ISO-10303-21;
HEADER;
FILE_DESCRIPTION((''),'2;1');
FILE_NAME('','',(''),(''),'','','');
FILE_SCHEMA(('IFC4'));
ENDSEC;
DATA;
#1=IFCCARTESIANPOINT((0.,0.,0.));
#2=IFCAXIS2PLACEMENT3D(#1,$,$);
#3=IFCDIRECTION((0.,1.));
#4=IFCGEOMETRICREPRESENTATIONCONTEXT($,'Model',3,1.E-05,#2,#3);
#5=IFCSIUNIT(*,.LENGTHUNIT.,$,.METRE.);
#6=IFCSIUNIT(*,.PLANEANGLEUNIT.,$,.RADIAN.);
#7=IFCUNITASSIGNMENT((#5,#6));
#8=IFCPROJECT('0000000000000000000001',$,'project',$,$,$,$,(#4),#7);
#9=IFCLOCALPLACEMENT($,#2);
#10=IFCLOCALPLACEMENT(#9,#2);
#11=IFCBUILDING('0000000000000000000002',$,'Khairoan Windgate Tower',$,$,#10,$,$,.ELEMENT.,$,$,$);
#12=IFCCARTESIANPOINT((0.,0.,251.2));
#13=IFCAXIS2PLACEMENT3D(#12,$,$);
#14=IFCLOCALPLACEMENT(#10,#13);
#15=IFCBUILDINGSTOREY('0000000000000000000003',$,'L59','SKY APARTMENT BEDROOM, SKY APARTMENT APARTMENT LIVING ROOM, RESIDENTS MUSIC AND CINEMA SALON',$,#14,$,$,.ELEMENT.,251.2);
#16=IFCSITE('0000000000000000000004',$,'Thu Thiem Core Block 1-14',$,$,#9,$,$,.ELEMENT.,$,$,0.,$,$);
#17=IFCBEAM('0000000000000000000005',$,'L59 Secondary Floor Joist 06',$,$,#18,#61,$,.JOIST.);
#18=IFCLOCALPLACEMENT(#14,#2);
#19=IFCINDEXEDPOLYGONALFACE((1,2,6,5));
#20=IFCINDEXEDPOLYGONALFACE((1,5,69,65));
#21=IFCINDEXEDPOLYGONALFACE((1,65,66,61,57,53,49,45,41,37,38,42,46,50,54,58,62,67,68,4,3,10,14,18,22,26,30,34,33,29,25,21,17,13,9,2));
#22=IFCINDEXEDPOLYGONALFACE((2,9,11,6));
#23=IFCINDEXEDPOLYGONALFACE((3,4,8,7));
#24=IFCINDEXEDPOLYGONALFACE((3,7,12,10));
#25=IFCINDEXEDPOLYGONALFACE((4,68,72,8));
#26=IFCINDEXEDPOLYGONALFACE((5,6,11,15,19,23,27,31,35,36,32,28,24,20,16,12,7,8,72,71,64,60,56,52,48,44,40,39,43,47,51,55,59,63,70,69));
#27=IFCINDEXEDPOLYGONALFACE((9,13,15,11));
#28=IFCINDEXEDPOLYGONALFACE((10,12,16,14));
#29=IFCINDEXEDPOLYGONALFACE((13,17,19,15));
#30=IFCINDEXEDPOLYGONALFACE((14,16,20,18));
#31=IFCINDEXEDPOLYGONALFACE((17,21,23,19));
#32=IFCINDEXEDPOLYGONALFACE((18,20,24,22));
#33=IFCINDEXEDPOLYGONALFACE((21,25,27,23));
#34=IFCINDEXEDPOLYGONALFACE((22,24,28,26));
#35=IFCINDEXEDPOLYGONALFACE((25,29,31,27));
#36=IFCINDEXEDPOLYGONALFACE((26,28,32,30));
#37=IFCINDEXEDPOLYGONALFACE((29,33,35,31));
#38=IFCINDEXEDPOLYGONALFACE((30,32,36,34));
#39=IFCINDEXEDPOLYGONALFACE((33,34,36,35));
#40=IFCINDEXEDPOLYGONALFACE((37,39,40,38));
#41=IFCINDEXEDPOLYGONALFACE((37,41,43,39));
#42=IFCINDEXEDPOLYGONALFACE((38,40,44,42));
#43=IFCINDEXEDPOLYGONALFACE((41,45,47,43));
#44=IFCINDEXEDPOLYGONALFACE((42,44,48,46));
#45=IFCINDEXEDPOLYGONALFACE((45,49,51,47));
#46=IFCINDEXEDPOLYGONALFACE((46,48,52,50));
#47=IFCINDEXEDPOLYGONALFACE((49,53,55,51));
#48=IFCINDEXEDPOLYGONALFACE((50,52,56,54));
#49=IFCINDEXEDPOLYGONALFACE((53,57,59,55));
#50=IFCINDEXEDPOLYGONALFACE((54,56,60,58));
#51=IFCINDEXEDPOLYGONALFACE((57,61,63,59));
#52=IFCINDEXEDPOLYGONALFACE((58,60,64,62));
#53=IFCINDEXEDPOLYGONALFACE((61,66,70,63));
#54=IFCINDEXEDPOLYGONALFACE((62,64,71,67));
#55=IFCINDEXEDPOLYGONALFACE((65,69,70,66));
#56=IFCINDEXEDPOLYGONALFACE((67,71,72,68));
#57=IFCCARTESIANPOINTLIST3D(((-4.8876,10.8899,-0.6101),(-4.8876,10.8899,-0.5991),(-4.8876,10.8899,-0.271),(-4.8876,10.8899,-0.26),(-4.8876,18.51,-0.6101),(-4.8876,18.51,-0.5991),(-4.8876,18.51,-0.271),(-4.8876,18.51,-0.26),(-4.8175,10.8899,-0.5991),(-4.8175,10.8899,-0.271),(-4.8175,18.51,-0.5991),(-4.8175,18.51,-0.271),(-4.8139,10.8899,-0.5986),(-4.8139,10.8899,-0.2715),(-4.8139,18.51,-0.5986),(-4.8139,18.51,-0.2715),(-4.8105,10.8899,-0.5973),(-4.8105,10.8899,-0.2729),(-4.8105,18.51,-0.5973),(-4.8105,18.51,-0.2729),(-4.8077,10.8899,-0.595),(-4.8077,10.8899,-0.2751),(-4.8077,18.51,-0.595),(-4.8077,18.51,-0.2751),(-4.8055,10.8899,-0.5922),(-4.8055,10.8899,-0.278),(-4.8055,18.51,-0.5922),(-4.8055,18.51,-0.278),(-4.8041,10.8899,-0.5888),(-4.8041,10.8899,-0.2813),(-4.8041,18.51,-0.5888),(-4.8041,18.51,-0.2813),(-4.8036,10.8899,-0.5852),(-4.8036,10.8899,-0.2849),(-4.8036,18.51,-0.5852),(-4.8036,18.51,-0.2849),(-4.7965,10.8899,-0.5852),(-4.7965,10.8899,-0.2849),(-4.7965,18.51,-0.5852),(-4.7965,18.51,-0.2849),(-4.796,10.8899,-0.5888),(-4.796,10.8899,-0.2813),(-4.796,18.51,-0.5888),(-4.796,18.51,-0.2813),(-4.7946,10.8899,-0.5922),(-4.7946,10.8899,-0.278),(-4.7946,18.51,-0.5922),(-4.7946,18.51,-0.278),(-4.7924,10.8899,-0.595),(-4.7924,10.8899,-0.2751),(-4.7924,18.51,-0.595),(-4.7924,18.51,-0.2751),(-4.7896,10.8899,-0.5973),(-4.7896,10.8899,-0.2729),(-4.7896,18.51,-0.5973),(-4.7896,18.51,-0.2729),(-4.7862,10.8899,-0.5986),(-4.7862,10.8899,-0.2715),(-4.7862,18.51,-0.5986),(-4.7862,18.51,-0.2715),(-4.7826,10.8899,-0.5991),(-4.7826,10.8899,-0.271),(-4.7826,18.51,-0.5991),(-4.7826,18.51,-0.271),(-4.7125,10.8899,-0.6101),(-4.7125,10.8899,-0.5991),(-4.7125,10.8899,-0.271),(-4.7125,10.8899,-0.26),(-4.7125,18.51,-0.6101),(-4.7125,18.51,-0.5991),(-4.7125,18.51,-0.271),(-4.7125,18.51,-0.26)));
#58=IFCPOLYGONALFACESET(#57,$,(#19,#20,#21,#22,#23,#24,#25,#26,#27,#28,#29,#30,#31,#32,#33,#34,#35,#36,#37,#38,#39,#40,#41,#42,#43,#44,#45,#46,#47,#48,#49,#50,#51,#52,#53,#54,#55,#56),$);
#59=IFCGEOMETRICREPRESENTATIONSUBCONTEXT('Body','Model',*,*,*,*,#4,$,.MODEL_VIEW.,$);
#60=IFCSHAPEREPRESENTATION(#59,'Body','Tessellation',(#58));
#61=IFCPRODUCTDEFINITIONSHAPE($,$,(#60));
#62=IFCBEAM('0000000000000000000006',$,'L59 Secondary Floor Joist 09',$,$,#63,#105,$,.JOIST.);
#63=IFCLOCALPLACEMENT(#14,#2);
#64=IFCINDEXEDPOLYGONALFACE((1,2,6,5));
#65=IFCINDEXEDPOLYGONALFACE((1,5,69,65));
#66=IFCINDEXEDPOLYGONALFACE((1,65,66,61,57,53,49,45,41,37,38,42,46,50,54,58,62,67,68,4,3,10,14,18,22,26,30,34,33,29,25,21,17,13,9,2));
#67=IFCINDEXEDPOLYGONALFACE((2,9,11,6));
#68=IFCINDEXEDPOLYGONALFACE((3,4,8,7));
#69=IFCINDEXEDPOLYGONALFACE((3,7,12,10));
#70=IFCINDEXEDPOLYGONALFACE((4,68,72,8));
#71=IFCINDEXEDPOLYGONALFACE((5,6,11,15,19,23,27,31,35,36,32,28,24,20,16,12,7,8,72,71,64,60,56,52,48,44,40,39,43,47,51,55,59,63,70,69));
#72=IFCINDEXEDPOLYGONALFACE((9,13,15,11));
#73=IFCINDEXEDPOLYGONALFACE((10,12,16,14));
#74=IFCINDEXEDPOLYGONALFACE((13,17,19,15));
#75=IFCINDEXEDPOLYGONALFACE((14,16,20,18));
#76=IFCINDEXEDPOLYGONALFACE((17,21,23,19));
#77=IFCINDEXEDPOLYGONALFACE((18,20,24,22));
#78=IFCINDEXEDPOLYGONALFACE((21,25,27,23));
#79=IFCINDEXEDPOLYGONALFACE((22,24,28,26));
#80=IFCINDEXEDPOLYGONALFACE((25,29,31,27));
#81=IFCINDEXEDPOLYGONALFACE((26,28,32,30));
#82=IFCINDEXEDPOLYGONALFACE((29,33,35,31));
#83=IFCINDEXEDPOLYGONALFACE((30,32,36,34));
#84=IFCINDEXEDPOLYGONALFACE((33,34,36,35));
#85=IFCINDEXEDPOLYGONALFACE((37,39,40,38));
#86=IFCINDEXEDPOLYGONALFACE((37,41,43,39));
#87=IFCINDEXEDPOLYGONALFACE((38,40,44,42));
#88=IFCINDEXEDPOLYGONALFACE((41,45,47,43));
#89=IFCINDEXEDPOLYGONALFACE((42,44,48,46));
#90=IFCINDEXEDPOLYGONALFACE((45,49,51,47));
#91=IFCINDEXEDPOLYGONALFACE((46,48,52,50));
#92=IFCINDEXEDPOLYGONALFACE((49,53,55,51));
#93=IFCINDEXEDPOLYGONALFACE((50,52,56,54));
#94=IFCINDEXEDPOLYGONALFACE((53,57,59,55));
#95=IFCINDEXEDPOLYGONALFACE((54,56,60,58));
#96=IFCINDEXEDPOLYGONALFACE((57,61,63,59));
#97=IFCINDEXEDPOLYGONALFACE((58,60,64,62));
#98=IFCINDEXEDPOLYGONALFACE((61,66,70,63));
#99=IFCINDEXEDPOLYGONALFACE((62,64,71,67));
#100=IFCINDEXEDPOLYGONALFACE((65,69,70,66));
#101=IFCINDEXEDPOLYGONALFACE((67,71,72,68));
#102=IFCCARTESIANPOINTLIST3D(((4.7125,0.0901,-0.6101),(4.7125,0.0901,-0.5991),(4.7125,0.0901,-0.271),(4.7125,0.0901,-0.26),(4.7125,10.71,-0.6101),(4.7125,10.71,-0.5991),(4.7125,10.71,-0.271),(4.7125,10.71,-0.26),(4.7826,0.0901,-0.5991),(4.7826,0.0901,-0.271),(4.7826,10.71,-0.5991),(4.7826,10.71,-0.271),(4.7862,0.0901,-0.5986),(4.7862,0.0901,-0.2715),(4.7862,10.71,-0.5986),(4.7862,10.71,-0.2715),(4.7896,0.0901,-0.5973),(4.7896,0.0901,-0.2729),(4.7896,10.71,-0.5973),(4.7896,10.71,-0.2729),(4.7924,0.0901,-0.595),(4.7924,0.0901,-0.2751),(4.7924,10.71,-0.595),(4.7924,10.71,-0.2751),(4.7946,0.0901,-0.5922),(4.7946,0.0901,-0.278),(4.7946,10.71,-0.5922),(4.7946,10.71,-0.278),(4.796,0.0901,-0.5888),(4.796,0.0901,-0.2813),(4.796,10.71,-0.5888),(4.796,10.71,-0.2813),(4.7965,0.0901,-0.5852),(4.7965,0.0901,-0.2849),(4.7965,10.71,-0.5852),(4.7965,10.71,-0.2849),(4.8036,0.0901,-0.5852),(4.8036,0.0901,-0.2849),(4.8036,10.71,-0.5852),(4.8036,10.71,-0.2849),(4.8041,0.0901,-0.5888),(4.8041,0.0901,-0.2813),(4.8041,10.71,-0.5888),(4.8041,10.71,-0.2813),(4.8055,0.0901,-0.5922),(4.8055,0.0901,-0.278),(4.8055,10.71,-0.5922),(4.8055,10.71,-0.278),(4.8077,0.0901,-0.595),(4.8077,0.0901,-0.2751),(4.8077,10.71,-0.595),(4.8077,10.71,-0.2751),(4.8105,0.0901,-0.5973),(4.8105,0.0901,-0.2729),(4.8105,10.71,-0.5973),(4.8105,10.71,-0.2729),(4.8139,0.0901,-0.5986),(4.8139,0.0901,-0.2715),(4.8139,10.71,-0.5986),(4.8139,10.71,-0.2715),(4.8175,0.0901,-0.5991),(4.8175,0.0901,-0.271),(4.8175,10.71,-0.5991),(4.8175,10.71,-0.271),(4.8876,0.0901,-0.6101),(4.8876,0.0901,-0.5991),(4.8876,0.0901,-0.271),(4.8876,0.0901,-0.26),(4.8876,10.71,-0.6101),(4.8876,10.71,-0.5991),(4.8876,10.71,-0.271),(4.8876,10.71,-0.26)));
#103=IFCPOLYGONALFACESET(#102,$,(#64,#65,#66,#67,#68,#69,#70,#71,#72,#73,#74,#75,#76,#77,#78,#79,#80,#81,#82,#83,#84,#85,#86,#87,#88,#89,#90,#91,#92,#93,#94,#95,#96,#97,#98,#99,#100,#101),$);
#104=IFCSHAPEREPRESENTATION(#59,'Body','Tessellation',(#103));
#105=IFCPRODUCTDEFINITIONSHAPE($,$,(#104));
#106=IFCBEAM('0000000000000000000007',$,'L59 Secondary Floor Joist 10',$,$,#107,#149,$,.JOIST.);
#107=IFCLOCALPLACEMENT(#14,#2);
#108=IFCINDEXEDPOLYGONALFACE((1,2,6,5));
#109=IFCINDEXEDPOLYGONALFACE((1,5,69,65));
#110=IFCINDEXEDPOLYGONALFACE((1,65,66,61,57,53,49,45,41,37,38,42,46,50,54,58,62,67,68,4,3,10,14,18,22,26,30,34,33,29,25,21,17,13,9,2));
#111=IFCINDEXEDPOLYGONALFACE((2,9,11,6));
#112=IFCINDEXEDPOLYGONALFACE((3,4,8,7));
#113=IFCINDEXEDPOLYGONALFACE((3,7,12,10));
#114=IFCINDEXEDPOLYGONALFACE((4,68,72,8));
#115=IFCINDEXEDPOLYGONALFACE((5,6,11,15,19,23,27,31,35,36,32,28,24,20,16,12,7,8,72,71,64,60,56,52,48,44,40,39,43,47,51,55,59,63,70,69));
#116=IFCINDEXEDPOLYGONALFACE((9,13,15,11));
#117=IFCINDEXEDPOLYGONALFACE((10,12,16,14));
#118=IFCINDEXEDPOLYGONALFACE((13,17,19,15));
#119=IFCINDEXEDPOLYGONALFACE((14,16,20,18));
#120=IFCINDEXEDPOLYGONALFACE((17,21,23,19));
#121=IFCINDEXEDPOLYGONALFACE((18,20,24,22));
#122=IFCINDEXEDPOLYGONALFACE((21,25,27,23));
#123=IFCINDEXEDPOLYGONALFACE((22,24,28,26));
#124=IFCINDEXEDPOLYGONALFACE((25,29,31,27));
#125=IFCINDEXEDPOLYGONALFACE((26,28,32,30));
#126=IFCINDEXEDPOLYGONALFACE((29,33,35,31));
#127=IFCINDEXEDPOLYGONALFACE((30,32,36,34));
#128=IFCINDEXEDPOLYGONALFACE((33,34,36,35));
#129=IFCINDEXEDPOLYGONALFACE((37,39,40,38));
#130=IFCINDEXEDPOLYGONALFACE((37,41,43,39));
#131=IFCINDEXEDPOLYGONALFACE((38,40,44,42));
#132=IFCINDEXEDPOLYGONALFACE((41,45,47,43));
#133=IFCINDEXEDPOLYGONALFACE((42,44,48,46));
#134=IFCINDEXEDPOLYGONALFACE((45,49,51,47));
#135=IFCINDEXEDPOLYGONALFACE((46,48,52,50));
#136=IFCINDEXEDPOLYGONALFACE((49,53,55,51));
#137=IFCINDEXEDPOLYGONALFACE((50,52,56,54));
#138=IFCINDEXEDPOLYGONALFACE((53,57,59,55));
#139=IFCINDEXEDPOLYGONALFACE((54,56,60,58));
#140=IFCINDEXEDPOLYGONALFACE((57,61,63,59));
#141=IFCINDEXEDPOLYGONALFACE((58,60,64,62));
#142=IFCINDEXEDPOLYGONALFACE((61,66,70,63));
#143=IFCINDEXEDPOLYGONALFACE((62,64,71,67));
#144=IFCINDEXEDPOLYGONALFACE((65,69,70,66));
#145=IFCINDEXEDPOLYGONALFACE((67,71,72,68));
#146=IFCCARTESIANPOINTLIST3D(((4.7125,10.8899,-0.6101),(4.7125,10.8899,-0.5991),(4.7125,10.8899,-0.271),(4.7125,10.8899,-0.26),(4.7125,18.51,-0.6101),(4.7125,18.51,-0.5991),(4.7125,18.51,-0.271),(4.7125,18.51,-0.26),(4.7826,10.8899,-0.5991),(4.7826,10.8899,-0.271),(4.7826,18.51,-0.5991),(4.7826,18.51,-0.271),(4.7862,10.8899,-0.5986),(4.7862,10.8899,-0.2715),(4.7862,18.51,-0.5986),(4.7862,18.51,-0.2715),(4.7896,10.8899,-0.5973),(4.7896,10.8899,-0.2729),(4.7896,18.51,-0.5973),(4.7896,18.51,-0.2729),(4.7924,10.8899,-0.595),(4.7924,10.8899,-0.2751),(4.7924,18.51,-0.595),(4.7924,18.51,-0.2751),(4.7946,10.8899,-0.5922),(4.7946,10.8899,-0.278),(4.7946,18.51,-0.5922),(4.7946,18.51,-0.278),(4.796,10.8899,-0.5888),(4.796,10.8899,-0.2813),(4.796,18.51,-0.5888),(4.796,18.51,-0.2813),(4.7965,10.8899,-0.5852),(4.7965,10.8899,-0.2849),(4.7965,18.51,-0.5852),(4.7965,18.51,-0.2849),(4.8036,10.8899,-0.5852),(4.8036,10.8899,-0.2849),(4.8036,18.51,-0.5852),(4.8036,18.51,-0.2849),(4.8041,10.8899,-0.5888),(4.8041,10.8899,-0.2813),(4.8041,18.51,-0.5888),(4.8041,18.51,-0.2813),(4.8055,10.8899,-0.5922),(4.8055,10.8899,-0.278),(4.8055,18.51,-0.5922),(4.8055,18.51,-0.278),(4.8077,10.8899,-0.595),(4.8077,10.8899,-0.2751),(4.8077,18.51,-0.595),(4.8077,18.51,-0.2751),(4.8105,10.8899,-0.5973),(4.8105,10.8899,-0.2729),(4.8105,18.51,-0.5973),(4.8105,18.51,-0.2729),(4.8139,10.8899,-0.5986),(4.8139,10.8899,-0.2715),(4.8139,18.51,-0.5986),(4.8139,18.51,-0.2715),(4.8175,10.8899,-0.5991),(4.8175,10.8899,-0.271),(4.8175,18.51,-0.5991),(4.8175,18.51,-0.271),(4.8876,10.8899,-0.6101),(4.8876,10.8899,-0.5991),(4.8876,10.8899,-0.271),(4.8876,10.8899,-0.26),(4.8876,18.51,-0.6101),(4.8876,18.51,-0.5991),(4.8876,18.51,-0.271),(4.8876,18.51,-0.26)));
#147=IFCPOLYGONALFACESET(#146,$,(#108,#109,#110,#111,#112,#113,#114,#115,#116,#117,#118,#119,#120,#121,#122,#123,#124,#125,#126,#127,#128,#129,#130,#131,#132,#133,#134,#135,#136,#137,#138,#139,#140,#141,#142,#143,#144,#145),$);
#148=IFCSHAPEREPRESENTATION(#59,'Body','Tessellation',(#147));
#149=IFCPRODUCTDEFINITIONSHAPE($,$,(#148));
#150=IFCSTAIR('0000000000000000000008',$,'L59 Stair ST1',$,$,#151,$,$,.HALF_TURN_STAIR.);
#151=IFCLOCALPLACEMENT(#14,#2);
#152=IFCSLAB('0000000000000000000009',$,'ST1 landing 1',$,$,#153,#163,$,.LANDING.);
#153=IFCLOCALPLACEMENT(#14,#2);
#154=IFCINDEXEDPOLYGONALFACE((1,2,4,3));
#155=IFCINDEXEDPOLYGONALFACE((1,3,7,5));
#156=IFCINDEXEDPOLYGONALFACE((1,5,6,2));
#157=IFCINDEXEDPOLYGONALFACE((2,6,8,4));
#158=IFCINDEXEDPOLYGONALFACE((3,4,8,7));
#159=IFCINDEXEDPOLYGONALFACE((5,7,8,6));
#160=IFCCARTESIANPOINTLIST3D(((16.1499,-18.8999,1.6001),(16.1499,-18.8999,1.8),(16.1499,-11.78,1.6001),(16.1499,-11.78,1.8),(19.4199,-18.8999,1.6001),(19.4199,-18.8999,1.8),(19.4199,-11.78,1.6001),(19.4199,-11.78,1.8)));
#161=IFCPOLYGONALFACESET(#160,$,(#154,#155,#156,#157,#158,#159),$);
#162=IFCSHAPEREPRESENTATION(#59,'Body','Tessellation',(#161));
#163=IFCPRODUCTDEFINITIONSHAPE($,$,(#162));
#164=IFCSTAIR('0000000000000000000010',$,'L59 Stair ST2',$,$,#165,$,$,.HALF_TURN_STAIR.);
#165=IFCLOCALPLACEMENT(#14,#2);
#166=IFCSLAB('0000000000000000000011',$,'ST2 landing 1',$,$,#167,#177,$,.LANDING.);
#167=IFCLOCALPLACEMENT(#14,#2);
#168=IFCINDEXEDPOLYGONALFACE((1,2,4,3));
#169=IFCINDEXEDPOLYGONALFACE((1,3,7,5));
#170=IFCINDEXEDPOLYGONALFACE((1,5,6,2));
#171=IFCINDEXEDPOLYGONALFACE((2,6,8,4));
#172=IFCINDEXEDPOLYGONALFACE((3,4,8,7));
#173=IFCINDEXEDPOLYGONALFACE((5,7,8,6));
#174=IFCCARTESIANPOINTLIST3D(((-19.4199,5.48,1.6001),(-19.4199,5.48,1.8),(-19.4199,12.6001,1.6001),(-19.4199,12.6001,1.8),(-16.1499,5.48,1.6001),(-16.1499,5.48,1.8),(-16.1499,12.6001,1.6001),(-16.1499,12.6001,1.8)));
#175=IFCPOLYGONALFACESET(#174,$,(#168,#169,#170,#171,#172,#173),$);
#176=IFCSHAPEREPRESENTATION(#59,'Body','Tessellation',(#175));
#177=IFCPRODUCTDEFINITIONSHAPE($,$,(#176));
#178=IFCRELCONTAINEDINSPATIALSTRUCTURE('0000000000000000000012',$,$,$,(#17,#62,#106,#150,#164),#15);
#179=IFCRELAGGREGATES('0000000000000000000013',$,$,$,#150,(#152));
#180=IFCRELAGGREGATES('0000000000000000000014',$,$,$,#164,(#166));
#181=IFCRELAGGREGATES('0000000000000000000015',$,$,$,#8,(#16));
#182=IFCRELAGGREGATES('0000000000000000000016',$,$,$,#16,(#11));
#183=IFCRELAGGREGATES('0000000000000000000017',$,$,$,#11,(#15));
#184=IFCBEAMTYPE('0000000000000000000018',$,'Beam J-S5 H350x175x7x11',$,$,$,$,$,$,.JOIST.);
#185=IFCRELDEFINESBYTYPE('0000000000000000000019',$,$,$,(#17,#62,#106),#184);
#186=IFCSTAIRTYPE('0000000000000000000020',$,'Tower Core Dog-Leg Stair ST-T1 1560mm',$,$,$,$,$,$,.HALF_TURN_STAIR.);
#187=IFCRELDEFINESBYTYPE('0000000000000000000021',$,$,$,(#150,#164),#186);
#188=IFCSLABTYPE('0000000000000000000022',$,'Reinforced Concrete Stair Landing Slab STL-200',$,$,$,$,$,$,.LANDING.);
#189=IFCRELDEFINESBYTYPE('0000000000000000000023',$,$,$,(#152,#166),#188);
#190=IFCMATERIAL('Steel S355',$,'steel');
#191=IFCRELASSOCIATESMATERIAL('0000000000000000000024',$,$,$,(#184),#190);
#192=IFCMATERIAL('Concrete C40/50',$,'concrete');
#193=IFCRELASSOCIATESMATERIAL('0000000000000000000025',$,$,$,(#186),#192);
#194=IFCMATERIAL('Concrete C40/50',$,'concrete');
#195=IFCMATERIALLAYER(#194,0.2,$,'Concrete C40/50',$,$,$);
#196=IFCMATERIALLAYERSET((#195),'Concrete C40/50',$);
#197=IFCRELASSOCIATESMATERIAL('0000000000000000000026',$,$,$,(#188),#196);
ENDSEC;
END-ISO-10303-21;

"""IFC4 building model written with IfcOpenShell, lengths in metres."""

from ifc_helpers import new_model, si_unit, direction, frame, origin, origin_2d, place, context, subcontext, project, spatial, polyline, i_section, outline, extrude, material, layer, layer_set, material_profile, profile_set, type_object, element, aggregate, save


model = new_model("IFC4")

# Units and contexts
model_context = context("Model", 3, precision=1e-05, world=origin(), true_north=direction((0.0, 1.0)))
body_context = subcontext(model_context, "Body", "Model", "MODEL_VIEW")
ifc_project = project(units=[si_unit("LENGTHUNIT", "METRE"), si_unit("PLANEANGLEUNIT", "RADIAN")], contexts=[model_context])

# Site, building, storey
site_placement = place(None, origin())
site = spatial("IfcSite", under=ifc_project, at=site_placement, Name="Thu Thiem Core Block 1-14", CompositionType="ELEMENT", RefElevation=0.0)
building_placement = place(site_placement, origin())
building = spatial("IfcBuilding", under=site, at=building_placement, Name="Khairoan Windgate Tower", CompositionType="ELEMENT")
storey_placement = place(building_placement, frame((0.0, 0.0, 251.2)))
storey = spatial("IfcBuildingStorey", under=building, at=storey_placement, Name="L59", Description="SKY APARTMENT BEDROOM, SKY APARTMENT APARTMENT LIVING ROOM, RESIDENTS MUSIC AND CINEMA SALON", CompositionType="ELEMENT", Elevation=251.2)

# Beams
ifc_material_1 = material(Name="Steel S355", Category="steel")
ifc_material_profile_1 = material_profile(ifc_material_1, i_section(OverallWidth=0.175, OverallDepth=0.3501, WebThickness=0.0071, FlangeThickness=0.011, FilletRadius=0.0139, at=origin_2d()))
ifc_profile_set_1 = profile_set([ifc_material_profile_1], Name="Steel S355")
beam_type_1 = type_object("IfcBeamType", Name="Beam J-S5 H350x175x7x11", PredefinedType="JOIST", material=ifc_profile_set_1)
beam_1_placement = place(storey_placement, frame((-4.8, 10.8899, -0.4351), z_axis=(0.0, 1.0, 0.0), x_axis=(-1.0, 0.0, 0.0)))
element("IfcBeam", 1, at=beam_1_placement, inside=storey, type_object=beam_type_1, Name="L59 Secondary Floor Joist 06", PredefinedType="JOIST", context=body_context, shape_type="SweptSolid", body=[
    extrude(i_section(OverallWidth=0.175, OverallDepth=0.3501, WebThickness=0.0071, FlangeThickness=0.011, FilletRadius=0.0139, at=origin_2d()), origin(), (0.0, 0.0, 1.0), 7.6201),
])
beam_2_placement = place(storey_placement, frame((4.8, 0.0901, -0.4351), z_axis=(0.0, 1.0, 0.0), x_axis=(-1.0, 0.0, 0.0)))
element("IfcBeam", 2, at=beam_2_placement, inside=storey, type_object=beam_type_1, Name="L59 Secondary Floor Joist 09", PredefinedType="JOIST", context=body_context, shape_type="SweptSolid", body=[
    extrude(i_section(OverallWidth=0.175, OverallDepth=0.3501, WebThickness=0.0071, FlangeThickness=0.011, FilletRadius=0.0139, at=origin_2d()), origin(), (0.0, 0.0, 1.0), 10.6199),
])
beam_3_placement = place(storey_placement, frame((4.8, 10.8899, -0.4351), z_axis=(0.0, 1.0, 0.0), x_axis=(-1.0, 0.0, 0.0)))
element("IfcBeam", 3, at=beam_3_placement, inside=storey, type_object=beam_type_1, Name="L59 Secondary Floor Joist 10", PredefinedType="JOIST", context=body_context, shape_type="SweptSolid", body=[
    extrude(i_section(OverallWidth=0.175, OverallDepth=0.3501, WebThickness=0.0071, FlangeThickness=0.011, FilletRadius=0.0139, at=origin_2d()), origin(), (0.0, 0.0, 1.0), 7.6201),
])

# Stairs, slabs
ifc_material_2 = material(Name="Concrete C40/50", Category="concrete")
stair_type = type_object("IfcStairType", Name="Tower Core Dog-Leg Stair ST-T1 1560mm", PredefinedType="HALF_TURN_STAIR", material=ifc_material_2)
stair_1_placement = place(storey_placement, origin())
stair_1 = element("IfcStair", 4, at=stair_1_placement, inside=storey, type_object=stair_type, Name="L59 Stair ST1", PredefinedType="HALF_TURN_STAIR")
ifc_material_3 = material(Name="Concrete C40/50", Category="concrete")
ifc_layer_1 = layer(ifc_material_3, 0.2, Name="Concrete C40/50")
ifc_layer_set_1 = layer_set([ifc_layer_1], Name="Concrete C40/50")
slab_type_1 = type_object("IfcSlabType", Name="Reinforced Concrete Stair Landing Slab STL-200", PredefinedType="LANDING", material=ifc_layer_set_1)
slab_1_placement = place(storey_placement, frame((0.0, 0.0, 1.6001)))
slab_1 = element("IfcSlab", 5, at=slab_1_placement, type_object=slab_type_1, Name="ST1 landing 1", PredefinedType="LANDING", context=body_context, shape_type="SweptSolid", body=[
    extrude(outline(polyline([(16.1499, -11.78), (16.1499, -18.8999), (19.4199, -18.8999), (19.4199, -11.78), (16.1499, -11.78)])), origin(), (0.0, 0.0, 1.0), 0.2),
])
aggregate(stair_1, [slab_1])
stair_2_placement = place(storey_placement, origin())
stair_2 = element("IfcStair", 6, at=stair_2_placement, inside=storey, type_object=stair_type, Name="L59 Stair ST2", PredefinedType="HALF_TURN_STAIR")
slab_2_placement = place(storey_placement, frame((0.0, 0.0, 1.6001)))
slab_2 = element("IfcSlab", 7, at=slab_2_placement, type_object=slab_type_1, Name="ST2 landing 1", PredefinedType="LANDING", context=body_context, shape_type="SweptSolid", body=[
    extrude(outline(polyline([(-16.1499, 5.48), (-16.1499, 12.6001), (-19.4199, 12.6001), (-19.4199, 5.48), (-16.1499, 5.48)])), origin(), (0.0, 0.0, 1.0), 0.2),
])
aggregate(stair_2, [slab_2])

save(model, "model.ifc")
